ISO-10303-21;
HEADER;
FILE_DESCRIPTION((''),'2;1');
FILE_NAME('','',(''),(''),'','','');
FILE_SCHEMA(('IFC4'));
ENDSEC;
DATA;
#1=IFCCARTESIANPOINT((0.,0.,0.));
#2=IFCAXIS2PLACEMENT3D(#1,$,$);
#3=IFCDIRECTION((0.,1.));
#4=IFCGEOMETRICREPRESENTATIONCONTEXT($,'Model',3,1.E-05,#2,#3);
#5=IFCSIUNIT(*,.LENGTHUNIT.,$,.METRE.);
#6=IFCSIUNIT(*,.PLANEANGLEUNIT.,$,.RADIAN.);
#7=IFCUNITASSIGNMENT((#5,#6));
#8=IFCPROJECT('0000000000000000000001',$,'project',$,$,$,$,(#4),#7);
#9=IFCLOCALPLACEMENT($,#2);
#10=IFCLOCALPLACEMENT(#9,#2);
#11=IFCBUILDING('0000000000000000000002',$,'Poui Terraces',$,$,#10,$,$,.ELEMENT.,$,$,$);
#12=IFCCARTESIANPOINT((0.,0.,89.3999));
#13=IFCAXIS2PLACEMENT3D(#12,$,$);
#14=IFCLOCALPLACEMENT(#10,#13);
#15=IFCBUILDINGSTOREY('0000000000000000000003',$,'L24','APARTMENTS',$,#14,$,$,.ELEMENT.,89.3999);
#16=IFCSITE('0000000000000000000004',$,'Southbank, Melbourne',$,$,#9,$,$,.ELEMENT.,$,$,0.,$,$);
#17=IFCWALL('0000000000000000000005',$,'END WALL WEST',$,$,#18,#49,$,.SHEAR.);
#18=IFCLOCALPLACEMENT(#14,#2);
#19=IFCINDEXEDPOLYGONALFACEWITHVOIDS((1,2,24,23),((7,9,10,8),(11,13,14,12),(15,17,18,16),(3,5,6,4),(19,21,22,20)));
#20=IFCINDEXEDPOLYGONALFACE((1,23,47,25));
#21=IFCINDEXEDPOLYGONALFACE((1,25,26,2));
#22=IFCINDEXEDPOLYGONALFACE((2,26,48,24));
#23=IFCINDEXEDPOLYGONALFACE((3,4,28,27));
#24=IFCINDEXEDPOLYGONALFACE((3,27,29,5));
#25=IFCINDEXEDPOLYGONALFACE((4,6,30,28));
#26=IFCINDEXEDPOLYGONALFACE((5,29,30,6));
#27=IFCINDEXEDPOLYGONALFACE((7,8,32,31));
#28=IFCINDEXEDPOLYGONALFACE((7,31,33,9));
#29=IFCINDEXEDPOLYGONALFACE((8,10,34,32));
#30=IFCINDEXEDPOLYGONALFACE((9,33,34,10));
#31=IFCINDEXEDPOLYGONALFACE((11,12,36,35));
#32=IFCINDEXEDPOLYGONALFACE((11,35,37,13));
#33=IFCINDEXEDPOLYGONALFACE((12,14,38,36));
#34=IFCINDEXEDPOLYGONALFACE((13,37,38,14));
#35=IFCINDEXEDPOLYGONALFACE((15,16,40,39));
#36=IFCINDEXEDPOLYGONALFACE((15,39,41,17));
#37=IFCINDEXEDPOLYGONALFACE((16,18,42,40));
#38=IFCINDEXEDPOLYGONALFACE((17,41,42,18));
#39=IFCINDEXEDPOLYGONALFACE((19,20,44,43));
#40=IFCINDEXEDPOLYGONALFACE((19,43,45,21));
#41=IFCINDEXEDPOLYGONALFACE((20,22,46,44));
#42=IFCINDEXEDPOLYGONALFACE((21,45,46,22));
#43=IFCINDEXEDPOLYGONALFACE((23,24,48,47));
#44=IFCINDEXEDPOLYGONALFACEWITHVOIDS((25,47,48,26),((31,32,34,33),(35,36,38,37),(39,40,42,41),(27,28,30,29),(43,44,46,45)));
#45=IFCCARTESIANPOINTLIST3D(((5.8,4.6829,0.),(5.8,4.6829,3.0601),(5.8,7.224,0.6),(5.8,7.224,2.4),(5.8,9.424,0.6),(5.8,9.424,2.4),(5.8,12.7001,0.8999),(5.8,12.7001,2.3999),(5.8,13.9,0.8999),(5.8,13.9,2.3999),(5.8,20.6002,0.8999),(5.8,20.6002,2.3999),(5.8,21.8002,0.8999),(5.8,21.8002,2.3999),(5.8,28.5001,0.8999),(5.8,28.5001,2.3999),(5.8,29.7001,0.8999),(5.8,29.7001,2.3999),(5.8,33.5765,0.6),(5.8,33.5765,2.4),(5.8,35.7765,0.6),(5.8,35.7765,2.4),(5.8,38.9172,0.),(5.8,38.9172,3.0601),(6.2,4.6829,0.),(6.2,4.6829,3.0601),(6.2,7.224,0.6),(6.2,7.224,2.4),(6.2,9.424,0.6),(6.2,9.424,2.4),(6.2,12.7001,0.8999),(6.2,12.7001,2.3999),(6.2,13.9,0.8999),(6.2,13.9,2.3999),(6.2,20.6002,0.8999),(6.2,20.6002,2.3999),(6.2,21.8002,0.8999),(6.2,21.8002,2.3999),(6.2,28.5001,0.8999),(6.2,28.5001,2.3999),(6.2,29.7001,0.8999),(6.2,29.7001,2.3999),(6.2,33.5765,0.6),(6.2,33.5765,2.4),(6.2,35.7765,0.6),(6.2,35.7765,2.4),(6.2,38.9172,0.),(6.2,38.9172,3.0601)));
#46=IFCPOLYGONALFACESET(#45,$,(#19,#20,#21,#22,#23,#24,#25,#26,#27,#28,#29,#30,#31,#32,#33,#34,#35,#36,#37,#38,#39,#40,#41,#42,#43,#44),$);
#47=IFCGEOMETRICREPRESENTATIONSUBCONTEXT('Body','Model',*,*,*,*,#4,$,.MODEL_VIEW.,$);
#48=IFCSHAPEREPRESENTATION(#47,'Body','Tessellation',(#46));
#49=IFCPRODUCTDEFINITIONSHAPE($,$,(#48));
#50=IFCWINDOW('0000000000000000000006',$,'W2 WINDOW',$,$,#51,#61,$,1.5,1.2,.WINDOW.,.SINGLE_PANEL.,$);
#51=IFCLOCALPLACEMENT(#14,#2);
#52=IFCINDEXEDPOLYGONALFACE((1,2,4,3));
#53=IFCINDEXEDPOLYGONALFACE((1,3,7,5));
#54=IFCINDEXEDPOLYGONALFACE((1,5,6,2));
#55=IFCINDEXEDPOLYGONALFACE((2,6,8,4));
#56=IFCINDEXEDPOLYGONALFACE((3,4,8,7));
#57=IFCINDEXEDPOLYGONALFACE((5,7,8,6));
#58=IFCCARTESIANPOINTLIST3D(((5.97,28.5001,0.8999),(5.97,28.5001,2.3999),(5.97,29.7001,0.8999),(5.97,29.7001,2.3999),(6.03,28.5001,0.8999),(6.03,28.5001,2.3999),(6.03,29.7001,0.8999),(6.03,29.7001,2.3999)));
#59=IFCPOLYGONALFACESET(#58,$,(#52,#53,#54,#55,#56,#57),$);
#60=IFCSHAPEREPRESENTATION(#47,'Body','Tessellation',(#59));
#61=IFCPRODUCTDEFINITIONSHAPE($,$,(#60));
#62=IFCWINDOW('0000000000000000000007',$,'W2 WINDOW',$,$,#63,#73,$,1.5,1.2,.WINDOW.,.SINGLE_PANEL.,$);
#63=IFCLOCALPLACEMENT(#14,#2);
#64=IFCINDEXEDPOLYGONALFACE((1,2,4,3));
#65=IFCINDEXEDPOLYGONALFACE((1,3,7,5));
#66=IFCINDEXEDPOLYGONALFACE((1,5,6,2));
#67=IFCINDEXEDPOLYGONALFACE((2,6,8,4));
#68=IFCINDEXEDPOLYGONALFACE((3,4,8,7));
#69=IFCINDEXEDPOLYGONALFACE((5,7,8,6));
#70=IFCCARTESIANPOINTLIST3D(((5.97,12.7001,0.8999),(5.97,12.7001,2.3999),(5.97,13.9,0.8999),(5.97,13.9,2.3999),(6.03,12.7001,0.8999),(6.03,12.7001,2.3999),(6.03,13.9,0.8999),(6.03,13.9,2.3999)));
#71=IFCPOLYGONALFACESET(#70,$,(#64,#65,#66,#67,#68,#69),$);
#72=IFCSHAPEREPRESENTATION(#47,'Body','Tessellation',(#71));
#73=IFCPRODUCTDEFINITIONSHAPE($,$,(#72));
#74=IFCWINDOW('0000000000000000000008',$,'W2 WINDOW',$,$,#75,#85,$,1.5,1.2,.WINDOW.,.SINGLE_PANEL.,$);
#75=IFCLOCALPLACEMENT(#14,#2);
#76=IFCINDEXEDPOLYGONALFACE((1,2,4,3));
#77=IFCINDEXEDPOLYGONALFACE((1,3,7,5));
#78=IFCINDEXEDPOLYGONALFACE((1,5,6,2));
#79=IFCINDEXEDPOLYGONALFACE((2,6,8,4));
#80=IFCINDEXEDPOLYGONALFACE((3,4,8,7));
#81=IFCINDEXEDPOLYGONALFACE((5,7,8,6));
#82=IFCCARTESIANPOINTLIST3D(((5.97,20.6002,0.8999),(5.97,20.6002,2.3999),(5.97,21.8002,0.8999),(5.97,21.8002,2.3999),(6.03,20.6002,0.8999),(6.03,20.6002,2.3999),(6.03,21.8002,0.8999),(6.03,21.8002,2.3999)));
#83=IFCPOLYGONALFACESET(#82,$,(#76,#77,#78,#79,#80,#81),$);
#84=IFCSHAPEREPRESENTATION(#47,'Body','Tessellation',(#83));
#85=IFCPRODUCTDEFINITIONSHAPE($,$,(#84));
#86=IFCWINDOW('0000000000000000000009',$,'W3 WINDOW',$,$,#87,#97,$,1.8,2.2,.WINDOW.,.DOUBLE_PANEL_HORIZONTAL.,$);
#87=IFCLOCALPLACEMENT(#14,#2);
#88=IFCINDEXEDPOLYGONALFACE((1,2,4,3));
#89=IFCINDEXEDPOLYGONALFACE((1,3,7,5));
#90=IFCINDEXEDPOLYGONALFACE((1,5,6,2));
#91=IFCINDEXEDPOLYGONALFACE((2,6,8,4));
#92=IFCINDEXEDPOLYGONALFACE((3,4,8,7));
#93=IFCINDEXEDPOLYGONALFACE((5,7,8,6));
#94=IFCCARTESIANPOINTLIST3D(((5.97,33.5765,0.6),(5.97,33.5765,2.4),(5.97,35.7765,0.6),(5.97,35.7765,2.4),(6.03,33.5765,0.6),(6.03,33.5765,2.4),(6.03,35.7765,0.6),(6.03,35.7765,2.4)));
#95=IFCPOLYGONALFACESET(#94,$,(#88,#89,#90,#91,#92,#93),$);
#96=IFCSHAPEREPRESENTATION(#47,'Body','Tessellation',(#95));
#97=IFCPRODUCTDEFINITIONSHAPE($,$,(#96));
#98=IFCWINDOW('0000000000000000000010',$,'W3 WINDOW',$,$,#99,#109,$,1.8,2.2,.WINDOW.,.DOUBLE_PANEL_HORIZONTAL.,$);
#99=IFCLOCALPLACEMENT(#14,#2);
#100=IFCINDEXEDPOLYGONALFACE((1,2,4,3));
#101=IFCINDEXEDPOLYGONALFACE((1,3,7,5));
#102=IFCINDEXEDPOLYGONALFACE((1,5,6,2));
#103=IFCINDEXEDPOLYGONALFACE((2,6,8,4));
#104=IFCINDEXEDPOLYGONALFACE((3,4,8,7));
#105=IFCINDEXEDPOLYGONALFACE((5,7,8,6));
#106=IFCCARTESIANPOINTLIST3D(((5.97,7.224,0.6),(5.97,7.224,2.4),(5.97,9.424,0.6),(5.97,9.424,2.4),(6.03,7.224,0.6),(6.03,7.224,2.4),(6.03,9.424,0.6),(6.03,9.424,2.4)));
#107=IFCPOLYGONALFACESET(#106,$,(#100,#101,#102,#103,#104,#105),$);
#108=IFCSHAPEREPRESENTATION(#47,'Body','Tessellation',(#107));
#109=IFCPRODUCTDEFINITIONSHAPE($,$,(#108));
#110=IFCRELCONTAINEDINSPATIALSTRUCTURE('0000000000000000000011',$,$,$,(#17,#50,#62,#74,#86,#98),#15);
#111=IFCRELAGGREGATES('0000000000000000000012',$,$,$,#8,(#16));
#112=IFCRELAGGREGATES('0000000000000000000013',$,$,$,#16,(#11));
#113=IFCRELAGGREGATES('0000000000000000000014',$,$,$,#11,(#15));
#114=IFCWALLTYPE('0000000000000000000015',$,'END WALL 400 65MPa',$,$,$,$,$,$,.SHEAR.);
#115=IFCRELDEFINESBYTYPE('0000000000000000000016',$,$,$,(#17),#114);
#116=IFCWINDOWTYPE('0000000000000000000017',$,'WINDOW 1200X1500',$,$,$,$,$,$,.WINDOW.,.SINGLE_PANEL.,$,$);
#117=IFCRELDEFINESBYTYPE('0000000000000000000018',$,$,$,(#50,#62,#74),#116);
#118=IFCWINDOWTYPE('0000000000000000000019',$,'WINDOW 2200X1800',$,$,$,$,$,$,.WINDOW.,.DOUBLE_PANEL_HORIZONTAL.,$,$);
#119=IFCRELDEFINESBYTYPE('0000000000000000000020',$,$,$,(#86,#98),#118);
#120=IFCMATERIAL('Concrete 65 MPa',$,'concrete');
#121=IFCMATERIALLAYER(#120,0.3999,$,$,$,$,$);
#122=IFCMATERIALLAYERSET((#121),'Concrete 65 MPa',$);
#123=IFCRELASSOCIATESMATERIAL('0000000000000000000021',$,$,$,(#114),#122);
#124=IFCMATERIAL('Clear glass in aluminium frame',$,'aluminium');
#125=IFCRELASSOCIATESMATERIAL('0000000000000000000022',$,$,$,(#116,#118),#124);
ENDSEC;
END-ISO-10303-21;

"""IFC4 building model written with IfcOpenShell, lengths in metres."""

from ifc_helpers import new_model, si_unit, direction, frame, frame_2d, origin, place, context, subcontext, project, spatial, rectangle, extrude, material, layer, layer_set, type_object, element, fill, save


model = new_model("IFC4")

# Units and contexts
model_context = context("Model", 3, precision=1e-05, world=origin(), true_north=direction((0.0, 1.0)))
body_context = subcontext(model_context, "Body", "Model", "MODEL_VIEW")
ifc_project = project(units=[si_unit("LENGTHUNIT", "METRE"), si_unit("PLANEANGLEUNIT", "RADIAN")], contexts=[model_context])

# Site, building, storey
site_placement = place(None, origin())
site = spatial("IfcSite", under=ifc_project, at=site_placement, Name="Southbank, Melbourne", CompositionType="ELEMENT", RefElevation=0.0)
building_placement = place(site_placement, origin())
building = spatial("IfcBuilding", under=site, at=building_placement, Name="Poui Terraces", CompositionType="ELEMENT")
storey_placement = place(building_placement, frame((0.0, 0.0, 89.3999)))
storey = spatial("IfcBuildingStorey", under=building, at=storey_placement, Name="L24", Description="APARTMENTS", CompositionType="ELEMENT", Elevation=89.3999)

# Shared definitions
ifc_material_1 = material(Name="Concrete 65 MPa", Category="concrete")

# Wall, openings, windows
ifc_layer_1 = layer(ifc_material_1, 0.3999)
ifc_layer_set_1 = layer_set([ifc_layer_1], Name="Concrete 65 MPa")
wall_type_1 = type_object("IfcWallType", Name="END WALL 400 65MPa", PredefinedType="SHEAR", material=ifc_layer_set_1)
wall_1_placement = place(storey_placement, frame((6.0, 4.6829, 0.0), z_axis=(0.0, 0.0, 1.0), x_axis=(0.0, 1.0, 0.0)))
wall_1 = element("IfcWall", 1, at=wall_1_placement, inside=storey, type_object=wall_type_1, Name="END WALL WEST", PredefinedType="SHEAR", context=body_context, shape_type="SweptSolid", body=[
    extrude(rectangle(XDim=34.2344, YDim=0.3999, at=frame_2d((17.1172, 0.0))), origin(), (0.0, 0.0, 1.0), 3.0601),
])
opening_1_placement = place(wall_1_placement, frame((23.8171, 0.0, 0.8999)))
opening_1 = element("IfcOpeningElement", 2, at=opening_1_placement, cuts=wall_1, PredefinedType="OPENING", context=body_context, shape_type="SweptSolid", body=[
    extrude(rectangle(XDim=1.2, YDim=1.5, at=frame_2d((0.6001, 0.75))), frame((0.0, 0.21, 0.0), z_axis=(0.0, -1.0, 0.0), x_axis=(1.0, 0.0, 0.0)), (0.0, 0.0, 1.0), 0.4199),
])
opening_2_placement = place(wall_1_placement, frame((8.0171, 0.0, 0.8999)))
opening_2 = element("IfcOpeningElement", 3, at=opening_2_placement, cuts=wall_1, PredefinedType="OPENING", context=body_context, shape_type="SweptSolid", body=[
    extrude(rectangle(XDim=1.2, YDim=1.5, at=frame_2d((0.6001, 0.75))), frame((0.0, 0.21, 0.0), z_axis=(0.0, -1.0, 0.0), x_axis=(1.0, 0.0, 0.0)), (0.0, 0.0, 1.0), 0.4199),
])
opening_3_placement = place(wall_1_placement, frame((15.9172, 0.0, 0.8999)))
opening_3 = element("IfcOpeningElement", 4, at=opening_3_placement, cuts=wall_1, PredefinedType="OPENING", context=body_context, shape_type="SweptSolid", body=[
    extrude(rectangle(XDim=1.2, YDim=1.5, at=frame_2d((0.6001, 0.75))), frame((0.0, 0.21, 0.0), z_axis=(0.0, -1.0, 0.0), x_axis=(1.0, 0.0, 0.0)), (0.0, 0.0, 1.0), 0.4199),
])
opening_4_placement = place(wall_1_placement, frame((28.8936, 0.0, 0.6001)))
opening_4 = element("IfcOpeningElement", 5, at=opening_4_placement, cuts=wall_1, PredefinedType="OPENING", context=body_context, shape_type="SweptSolid", body=[
    extrude(rectangle(XDim=2.2, YDim=1.8, at=frame_2d((1.1001, 0.8999))), frame((0.0, 0.21, 0.0), z_axis=(0.0, -1.0, 0.0), x_axis=(1.0, 0.0, 0.0)), (0.0, 0.0, 1.0), 0.4199),
])
opening_5_placement = place(wall_1_placement, frame((2.541, 0.0, 0.6001)))
opening_5 = element("IfcOpeningElement", 6, at=opening_5_placement, cuts=wall_1, PredefinedType="OPENING", context=body_context, shape_type="SweptSolid", body=[
    extrude(rectangle(XDim=2.2, YDim=1.8, at=frame_2d((1.1001, 0.8999))), frame((0.0, 0.21, 0.0), z_axis=(0.0, -1.0, 0.0), x_axis=(1.0, 0.0, 0.0)), (0.0, 0.0, 1.0), 0.4199),
])
ifc_material_2 = material(Name="Clear glass in aluminium frame", Category="aluminium")
window_type_1 = type_object("IfcWindowType", Name="WINDOW 1200X1500", PartitioningType="SINGLE_PANEL", PredefinedType="WINDOW", material=ifc_material_2)
window_1_placement = place(opening_1_placement, origin())
window_1 = element("IfcWindow", 7, at=window_1_placement, inside=storey, type_object=window_type_1, Name="W2 WINDOW", OverallHeight=1.5, OverallWidth=1.2, PartitioningType="SINGLE_PANEL", PredefinedType="WINDOW", context=body_context, shape_type="SweptSolid", body=[
    extrude(rectangle(XDim=1.2, YDim=1.5, at=frame_2d((0.6001, 0.75))), frame((0.0, 0.03, 0.0), z_axis=(0.0, -1.0, 0.0), x_axis=(1.0, 0.0, 0.0)), (0.0, 0.0, 1.0), 0.0601),
])
fill(opening_1, window_1)
window_2_placement = place(opening_2_placement, origin())
window_2 = element("IfcWindow", 8, at=window_2_placement, inside=storey, type_object=window_type_1, Name="W2 WINDOW", OverallHeight=1.5, OverallWidth=1.2, PartitioningType="SINGLE_PANEL", PredefinedType="WINDOW", context=body_context, shape_type="SweptSolid", body=[
    extrude(rectangle(XDim=1.2, YDim=1.5, at=frame_2d((0.6001, 0.75))), frame((0.0, 0.03, 0.0), z_axis=(0.0, -1.0, 0.0), x_axis=(1.0, 0.0, 0.0)), (0.0, 0.0, 1.0), 0.0601),
])
fill(opening_2, window_2)
window_3_placement = place(opening_3_placement, origin())
window_3 = element("IfcWindow", 9, at=window_3_placement, inside=storey, type_object=window_type_1, Name="W2 WINDOW", OverallHeight=1.5, OverallWidth=1.2, PartitioningType="SINGLE_PANEL", PredefinedType="WINDOW", context=body_context, shape_type="SweptSolid", body=[
    extrude(rectangle(XDim=1.2, YDim=1.5, at=frame_2d((0.6001, 0.75))), frame((0.0, 0.03, 0.0), z_axis=(0.0, -1.0, 0.0), x_axis=(1.0, 0.0, 0.0)), (0.0, 0.0, 1.0), 0.0601),
])
fill(opening_3, window_3)
window_type_2 = type_object("IfcWindowType", Name="WINDOW 2200X1800", PartitioningType="DOUBLE_PANEL_HORIZONTAL", PredefinedType="WINDOW", material=ifc_material_2)
window_4_placement = place(opening_4_placement, origin())
window_4 = element("IfcWindow", 10, at=window_4_placement, inside=storey, type_object=window_type_2, Name="W3 WINDOW", OverallHeight=1.8, OverallWidth=2.2, PartitioningType="DOUBLE_PANEL_HORIZONTAL", PredefinedType="WINDOW", context=body_context, shape_type="SweptSolid", body=[
    extrude(rectangle(XDim=2.2, YDim=1.8, at=frame_2d((1.1001, 0.8999))), frame((0.0, 0.03, 0.0), z_axis=(0.0, -1.0, 0.0), x_axis=(1.0, 0.0, 0.0)), (0.0, 0.0, 1.0), 0.0601),
])
fill(opening_4, window_4)
window_5_placement = place(opening_5_placement, origin())
window_5 = element("IfcWindow", 11, at=window_5_placement, inside=storey, type_object=window_type_2, Name="W3 WINDOW", OverallHeight=1.8, OverallWidth=2.2, PartitioningType="DOUBLE_PANEL_HORIZONTAL", PredefinedType="WINDOW", context=body_context, shape_type="SweptSolid", body=[
    extrude(rectangle(XDim=2.2, YDim=1.8, at=frame_2d((1.1001, 0.8999))), frame((0.0, 0.03, 0.0), z_axis=(0.0, -1.0, 0.0), x_axis=(1.0, 0.0, 0.0)), (0.0, 0.0, 1.0), 0.0601),
])
fill(opening_5, window_5)

save(model, "model.ifc")
